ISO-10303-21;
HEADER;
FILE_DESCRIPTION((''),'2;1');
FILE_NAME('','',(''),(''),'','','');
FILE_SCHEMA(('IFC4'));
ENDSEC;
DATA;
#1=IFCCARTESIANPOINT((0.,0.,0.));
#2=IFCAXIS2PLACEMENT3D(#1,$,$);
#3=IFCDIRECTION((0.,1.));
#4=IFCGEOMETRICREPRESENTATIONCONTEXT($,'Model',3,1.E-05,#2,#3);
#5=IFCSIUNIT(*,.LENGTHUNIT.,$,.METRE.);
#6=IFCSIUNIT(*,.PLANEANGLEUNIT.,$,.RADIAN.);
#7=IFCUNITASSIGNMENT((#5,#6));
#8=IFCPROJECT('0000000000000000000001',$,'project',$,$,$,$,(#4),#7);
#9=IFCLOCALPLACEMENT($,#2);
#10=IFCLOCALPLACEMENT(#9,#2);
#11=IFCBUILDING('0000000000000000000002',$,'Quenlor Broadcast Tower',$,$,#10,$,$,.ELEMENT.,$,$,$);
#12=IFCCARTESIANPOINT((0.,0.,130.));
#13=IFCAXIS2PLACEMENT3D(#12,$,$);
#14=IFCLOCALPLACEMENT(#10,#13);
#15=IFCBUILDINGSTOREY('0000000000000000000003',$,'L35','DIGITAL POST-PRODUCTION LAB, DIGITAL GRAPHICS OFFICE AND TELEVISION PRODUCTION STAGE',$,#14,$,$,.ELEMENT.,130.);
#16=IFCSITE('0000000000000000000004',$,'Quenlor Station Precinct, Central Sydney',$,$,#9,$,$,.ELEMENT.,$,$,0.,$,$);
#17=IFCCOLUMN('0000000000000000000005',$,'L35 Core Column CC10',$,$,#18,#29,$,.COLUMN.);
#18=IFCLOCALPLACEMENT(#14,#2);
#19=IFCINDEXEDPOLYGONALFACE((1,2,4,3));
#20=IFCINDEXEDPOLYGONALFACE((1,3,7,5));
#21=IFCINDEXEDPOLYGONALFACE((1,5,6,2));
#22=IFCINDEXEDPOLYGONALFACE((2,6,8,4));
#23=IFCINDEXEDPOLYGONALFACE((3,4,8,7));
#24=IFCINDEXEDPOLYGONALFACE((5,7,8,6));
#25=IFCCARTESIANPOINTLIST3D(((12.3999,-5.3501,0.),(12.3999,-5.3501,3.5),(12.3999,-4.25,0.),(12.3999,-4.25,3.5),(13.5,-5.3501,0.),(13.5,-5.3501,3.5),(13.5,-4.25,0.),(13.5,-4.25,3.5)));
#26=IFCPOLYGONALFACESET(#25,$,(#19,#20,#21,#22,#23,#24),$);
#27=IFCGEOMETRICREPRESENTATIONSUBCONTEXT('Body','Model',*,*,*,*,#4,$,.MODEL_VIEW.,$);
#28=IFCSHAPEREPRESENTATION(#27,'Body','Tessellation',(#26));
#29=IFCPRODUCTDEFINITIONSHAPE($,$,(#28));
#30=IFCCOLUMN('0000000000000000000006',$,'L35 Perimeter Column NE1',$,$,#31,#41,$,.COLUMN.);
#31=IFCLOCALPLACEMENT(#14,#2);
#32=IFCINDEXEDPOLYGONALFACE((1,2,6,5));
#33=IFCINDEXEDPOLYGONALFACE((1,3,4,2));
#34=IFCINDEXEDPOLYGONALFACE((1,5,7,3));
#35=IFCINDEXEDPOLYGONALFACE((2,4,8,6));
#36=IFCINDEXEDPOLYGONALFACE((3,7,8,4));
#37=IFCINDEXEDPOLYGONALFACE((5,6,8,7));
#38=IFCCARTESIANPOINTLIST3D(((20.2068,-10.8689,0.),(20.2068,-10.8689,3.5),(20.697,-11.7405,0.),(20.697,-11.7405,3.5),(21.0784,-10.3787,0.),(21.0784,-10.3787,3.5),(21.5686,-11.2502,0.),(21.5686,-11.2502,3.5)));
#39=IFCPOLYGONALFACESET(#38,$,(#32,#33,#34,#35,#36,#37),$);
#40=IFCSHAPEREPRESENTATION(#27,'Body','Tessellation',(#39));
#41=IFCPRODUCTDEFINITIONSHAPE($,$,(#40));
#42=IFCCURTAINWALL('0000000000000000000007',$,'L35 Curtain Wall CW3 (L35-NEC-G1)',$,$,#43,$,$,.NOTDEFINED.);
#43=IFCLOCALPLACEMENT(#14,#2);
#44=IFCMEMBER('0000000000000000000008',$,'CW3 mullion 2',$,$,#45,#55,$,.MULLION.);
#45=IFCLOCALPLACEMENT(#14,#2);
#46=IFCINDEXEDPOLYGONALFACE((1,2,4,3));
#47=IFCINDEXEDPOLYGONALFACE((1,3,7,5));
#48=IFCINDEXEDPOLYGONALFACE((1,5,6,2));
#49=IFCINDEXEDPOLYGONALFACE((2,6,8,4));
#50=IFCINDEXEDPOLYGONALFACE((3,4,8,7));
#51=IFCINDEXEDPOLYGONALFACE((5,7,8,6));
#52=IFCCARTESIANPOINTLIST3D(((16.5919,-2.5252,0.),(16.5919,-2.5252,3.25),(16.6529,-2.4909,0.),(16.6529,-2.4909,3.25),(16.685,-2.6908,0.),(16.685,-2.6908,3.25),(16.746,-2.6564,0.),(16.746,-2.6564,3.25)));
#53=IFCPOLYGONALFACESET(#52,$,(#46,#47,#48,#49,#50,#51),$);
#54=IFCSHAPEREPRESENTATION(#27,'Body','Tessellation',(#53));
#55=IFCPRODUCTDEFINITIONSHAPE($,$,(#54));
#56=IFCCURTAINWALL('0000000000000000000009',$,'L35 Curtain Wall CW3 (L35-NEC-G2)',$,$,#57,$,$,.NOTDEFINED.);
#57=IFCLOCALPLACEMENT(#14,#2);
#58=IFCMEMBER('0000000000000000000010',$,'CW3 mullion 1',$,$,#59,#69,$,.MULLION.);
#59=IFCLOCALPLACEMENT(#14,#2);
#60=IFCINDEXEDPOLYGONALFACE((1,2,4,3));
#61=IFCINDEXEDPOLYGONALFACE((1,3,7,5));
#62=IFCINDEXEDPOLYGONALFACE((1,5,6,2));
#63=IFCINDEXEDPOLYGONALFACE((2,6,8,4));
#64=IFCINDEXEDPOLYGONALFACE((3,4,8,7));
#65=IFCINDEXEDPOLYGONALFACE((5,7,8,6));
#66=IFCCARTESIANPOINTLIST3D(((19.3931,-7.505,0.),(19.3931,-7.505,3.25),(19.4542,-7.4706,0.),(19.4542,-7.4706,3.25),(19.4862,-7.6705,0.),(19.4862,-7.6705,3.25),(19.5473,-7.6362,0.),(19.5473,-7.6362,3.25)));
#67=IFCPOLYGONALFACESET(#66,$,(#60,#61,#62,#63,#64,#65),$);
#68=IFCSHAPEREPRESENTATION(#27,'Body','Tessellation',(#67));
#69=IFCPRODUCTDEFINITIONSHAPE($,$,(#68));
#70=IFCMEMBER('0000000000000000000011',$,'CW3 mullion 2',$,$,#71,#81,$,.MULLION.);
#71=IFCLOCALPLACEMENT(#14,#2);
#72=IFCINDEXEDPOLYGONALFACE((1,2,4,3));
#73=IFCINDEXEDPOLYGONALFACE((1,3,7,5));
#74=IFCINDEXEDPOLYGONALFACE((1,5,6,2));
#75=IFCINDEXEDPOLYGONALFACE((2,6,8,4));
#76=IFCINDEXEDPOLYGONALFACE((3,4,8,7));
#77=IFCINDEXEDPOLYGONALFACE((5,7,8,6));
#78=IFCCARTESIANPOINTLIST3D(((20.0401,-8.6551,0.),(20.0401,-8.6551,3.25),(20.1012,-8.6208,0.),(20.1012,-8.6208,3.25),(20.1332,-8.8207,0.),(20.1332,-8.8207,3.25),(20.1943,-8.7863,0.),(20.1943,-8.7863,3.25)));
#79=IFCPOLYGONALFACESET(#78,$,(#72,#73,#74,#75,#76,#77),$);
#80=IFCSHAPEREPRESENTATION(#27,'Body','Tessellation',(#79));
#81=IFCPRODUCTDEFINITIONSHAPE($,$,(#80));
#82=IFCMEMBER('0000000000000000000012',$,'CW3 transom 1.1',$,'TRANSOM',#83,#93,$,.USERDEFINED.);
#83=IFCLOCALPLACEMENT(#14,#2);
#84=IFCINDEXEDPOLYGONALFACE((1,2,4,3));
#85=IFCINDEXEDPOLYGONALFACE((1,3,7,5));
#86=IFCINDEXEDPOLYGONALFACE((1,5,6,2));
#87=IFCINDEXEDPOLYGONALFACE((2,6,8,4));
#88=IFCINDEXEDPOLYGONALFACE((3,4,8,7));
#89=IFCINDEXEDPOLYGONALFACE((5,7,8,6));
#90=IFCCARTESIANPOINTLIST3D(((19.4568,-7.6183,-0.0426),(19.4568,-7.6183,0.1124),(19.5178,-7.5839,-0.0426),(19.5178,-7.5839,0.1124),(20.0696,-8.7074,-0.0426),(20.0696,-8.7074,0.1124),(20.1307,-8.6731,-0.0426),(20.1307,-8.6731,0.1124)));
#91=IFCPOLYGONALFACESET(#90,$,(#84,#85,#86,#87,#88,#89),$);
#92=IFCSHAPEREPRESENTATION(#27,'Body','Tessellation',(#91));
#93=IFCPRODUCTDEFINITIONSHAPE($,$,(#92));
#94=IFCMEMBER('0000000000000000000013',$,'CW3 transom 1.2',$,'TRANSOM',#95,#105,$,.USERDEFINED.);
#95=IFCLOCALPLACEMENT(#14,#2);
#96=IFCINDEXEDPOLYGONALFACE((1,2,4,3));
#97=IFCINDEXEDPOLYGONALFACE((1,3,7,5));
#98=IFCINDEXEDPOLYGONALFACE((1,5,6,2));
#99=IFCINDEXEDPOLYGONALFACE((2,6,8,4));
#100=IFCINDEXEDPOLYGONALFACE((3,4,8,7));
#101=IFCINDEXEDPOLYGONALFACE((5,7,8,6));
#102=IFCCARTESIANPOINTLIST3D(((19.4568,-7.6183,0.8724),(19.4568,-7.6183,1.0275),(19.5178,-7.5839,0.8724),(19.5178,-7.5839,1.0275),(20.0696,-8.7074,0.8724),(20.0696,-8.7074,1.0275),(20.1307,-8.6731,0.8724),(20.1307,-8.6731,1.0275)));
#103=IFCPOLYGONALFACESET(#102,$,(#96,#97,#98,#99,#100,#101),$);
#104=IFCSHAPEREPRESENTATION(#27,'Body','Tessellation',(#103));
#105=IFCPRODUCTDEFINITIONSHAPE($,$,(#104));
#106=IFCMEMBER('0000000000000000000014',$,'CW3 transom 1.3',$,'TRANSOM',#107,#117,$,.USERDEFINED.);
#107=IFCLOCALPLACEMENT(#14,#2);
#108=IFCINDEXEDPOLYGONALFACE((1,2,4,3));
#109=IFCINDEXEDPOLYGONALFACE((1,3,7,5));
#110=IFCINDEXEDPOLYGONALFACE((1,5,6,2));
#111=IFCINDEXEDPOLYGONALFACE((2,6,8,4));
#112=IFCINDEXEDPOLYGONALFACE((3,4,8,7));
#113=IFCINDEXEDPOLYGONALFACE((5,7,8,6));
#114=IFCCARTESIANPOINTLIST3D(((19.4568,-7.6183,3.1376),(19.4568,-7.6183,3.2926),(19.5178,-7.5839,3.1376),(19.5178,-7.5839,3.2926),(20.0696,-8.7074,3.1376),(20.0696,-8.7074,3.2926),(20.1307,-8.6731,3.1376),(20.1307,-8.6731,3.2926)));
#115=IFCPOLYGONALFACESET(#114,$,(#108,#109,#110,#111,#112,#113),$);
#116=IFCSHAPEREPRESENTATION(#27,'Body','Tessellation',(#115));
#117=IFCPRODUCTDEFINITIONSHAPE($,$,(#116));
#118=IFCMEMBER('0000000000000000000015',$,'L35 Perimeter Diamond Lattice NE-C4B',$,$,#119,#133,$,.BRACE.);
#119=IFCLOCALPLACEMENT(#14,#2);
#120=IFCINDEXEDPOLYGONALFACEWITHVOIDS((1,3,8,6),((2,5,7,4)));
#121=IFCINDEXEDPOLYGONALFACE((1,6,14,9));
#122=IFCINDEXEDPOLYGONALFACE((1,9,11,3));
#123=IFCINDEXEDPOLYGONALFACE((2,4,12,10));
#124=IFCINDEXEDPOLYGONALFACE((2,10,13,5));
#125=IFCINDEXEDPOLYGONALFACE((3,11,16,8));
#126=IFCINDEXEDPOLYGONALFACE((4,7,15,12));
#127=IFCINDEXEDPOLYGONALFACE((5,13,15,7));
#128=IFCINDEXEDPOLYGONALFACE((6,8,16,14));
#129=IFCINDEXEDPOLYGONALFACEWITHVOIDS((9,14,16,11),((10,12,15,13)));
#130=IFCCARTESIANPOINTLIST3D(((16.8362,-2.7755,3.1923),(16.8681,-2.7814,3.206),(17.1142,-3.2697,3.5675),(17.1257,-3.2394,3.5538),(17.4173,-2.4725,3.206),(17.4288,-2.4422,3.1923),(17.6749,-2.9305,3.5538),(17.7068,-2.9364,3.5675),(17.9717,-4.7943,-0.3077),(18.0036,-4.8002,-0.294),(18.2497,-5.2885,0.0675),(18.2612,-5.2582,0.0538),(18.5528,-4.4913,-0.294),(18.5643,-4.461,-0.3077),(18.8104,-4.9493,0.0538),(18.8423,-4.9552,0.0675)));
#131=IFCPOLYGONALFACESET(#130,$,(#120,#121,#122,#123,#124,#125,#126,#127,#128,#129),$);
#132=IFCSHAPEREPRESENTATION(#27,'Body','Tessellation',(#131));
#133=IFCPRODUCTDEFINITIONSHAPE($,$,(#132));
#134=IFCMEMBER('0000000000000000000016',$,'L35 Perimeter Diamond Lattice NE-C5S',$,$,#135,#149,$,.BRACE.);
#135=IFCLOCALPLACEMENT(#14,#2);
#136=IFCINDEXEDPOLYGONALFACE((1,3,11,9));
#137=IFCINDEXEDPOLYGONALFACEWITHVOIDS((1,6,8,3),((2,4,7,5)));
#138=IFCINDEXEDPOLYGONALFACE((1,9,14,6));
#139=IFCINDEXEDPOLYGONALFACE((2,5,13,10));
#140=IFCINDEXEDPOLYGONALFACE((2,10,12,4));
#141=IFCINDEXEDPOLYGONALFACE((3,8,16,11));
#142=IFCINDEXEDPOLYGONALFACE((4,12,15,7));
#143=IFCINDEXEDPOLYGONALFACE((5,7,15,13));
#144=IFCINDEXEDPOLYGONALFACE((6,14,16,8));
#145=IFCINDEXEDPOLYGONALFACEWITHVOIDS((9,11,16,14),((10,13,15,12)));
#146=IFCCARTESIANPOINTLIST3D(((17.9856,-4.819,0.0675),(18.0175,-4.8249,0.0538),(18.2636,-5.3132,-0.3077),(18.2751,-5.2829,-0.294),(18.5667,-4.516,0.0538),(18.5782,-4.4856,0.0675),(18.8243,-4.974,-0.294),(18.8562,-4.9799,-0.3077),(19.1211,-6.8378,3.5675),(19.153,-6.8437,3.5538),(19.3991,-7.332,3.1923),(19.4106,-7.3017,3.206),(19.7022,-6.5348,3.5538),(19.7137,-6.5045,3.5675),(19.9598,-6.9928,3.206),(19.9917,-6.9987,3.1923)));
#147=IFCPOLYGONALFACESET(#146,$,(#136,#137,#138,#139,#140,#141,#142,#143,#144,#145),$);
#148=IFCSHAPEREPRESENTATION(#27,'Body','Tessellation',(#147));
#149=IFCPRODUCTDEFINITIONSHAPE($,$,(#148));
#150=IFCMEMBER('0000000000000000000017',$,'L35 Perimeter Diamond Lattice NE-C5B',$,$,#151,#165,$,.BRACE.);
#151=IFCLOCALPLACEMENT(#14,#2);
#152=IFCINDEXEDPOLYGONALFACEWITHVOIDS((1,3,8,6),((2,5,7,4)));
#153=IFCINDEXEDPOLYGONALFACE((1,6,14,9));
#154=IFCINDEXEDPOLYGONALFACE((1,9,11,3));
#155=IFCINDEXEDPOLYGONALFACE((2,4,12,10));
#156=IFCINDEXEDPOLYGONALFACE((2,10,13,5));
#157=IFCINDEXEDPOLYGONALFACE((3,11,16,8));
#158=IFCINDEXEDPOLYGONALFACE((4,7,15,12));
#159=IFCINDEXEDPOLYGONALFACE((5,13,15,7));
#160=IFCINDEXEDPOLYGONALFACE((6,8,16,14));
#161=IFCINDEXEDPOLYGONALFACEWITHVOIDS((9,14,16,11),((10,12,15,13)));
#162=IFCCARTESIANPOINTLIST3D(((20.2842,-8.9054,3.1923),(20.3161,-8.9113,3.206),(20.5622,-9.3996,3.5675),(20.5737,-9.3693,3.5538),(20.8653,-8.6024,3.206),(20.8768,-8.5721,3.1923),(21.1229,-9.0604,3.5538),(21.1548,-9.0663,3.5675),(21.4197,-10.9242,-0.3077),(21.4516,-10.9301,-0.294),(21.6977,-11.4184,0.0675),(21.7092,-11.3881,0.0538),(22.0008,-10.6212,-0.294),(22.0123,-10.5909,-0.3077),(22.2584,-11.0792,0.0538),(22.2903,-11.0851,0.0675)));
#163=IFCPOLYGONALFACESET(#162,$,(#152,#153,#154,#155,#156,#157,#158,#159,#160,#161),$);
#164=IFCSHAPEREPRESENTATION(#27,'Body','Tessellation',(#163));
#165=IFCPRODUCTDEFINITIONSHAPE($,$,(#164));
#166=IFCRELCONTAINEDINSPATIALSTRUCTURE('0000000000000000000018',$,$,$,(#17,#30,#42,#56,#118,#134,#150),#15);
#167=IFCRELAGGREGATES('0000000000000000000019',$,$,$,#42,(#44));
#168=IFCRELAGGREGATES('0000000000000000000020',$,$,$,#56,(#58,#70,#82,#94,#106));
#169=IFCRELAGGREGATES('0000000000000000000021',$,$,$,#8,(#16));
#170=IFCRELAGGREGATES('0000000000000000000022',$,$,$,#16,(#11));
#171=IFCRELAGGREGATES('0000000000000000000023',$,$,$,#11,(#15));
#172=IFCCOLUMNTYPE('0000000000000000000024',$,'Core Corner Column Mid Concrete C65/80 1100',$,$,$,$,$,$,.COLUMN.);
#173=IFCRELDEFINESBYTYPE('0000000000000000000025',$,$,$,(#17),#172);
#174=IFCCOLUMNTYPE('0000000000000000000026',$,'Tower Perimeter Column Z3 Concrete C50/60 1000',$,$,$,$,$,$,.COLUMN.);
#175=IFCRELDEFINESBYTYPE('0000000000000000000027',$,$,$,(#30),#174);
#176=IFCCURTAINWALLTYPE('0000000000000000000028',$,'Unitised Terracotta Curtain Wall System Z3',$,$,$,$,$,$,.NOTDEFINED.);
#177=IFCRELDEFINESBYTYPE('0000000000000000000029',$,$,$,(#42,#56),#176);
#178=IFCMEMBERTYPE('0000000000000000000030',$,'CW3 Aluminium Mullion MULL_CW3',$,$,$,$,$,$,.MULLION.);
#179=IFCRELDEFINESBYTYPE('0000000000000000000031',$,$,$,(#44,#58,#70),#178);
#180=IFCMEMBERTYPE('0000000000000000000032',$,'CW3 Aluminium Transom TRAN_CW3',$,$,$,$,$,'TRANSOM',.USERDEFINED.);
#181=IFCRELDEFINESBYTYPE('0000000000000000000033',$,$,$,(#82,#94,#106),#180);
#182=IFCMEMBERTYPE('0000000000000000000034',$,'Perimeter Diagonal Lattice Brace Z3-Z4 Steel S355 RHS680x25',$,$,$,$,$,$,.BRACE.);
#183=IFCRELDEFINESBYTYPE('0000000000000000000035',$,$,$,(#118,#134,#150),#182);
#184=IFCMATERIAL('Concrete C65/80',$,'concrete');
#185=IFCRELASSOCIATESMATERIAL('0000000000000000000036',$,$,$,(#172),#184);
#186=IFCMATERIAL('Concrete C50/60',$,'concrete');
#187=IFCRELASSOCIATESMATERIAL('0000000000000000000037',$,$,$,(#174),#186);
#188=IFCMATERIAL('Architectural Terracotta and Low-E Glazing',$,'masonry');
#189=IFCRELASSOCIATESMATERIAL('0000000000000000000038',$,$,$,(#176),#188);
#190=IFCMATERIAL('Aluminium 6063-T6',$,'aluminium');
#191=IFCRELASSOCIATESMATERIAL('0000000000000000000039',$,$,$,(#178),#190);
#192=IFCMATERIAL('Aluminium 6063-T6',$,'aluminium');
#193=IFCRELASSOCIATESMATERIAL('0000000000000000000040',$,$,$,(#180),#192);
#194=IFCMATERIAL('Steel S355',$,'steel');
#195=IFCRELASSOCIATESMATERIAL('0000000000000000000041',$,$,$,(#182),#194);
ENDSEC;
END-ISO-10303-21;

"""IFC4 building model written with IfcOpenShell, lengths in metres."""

from ifc_helpers import new_model, si_unit, direction, frame, origin, origin_2d, place, context, subcontext, project, spatial, rectangle, hollow_rectangle, extrude, material, material_profile, profile_set, type_object, element, aggregate, save


model = new_model("IFC4")

# Units and contexts
model_context = context("Model", 3, precision=1e-05, world=origin(), true_north=direction((0.0, 1.0)))
body_context = subcontext(model_context, "Body", "Model", "MODEL_VIEW")
ifc_project = project(units=[si_unit("LENGTHUNIT", "METRE"), si_unit("PLANEANGLEUNIT", "RADIAN")], contexts=[model_context])

# Site, building, storey
site_placement = place(None, origin())
site = spatial("IfcSite", under=ifc_project, at=site_placement, Name="Quenlor Station Precinct, Central Sydney", CompositionType="ELEMENT", RefElevation=0.0)
building_placement = place(site_placement, origin())
building = spatial("IfcBuilding", under=site, at=building_placement, Name="Quenlor Broadcast Tower", CompositionType="ELEMENT")
storey_placement = place(building_placement, frame((0.0, 0.0, 130.0)))
storey = spatial("IfcBuildingStorey", under=building, at=storey_placement, Name="L35", Description="DIGITAL POST-PRODUCTION LAB, DIGITAL GRAPHICS OFFICE AND TELEVISION PRODUCTION STAGE", CompositionType="ELEMENT", Elevation=130.0)

# Columns
ifc_material_1 = material(Name="Concrete C65/80", Category="concrete")
ifc_material_profile_1 = material_profile(ifc_material_1, rectangle(XDim=1.1001, YDim=1.1001, at=origin_2d()))
ifc_profile_set_1 = profile_set([ifc_material_profile_1], Name="Concrete C65/80 RC1100x1100")
column_type_1 = type_object("IfcColumnType", Name="Core Corner Column Mid Concrete C65/80 1100", PredefinedType="COLUMN", material=ifc_profile_set_1)
column_1_placement = place(storey_placement, frame((12.95, -4.8, 0.0), z_axis=(0.0, 0.0, 1.0), x_axis=(1.0, 0.0, 0.0)))
element("IfcColumn", 1, at=column_1_placement, inside=storey, type_object=column_type_1, Name="L35 Core Column CC10", PredefinedType="COLUMN", context=body_context, shape_type="SweptSolid", body=[
    extrude(rectangle(XDim=1.1001, YDim=1.1001, at=origin_2d()), origin(), (0.0, 0.0, 1.0), 3.5),
])
ifc_material_2 = material(Name="Concrete C50/60", Category="concrete")
ifc_material_profile_2 = material_profile(ifc_material_2, rectangle(XDim=1.0, YDim=1.0, at=origin_2d()))
ifc_profile_set_2 = profile_set([ifc_material_profile_2], Name="Concrete C50/60 RC1000x1000")
column_type_2 = type_object("IfcColumnType", Name="Tower Perimeter Column Z3 Concrete C50/60 1000", PredefinedType="COLUMN", material=ifc_profile_set_2)
column_2_placement = place(storey_placement, frame((20.8877, -11.0596, 0.0), z_axis=(0.0, 0.0, 1.0), x_axis=(0.871575, 0.490262, 0.0)))
element("IfcColumn", 2, at=column_2_placement, inside=storey, type_object=column_type_2, Name="L35 Perimeter Column NE1", PredefinedType="COLUMN", context=body_context, shape_type="SweptSolid", body=[
    extrude(rectangle(XDim=1.0, YDim=1.0, at=origin_2d()), origin(), (0.0, 0.0, 1.0), 3.5),
])

# Curtain wall, member
ifc_material_3 = material(Name="Architectural Terracotta and Low-E Glazing", Category="masonry")
curtain_wall_type = type_object("IfcCurtainWallType", Name="Unitised Terracotta Curtain Wall System Z3", PredefinedType="NOTDEFINED", material=ifc_material_3)
curtain_wall_1_placement = place(storey_placement, origin())
curtain_wall_1 = element("IfcCurtainWall", 3, at=curtain_wall_1_placement, inside=storey, type_object=curtain_wall_type, Name="L35 Curtain Wall CW3 (L35-NEC-G1)", PredefinedType="NOTDEFINED")
ifc_material_4 = material(Name="Aluminium 6063-T6", Category="aluminium")
ifc_material_profile_3 = material_profile(ifc_material_4, rectangle(XDim=0.0701, YDim=0.1899, at=origin_2d()))
ifc_profile_set_3 = profile_set([ifc_material_profile_3], Name="Aluminium 6063-T6 MULL70x190")
member_type_1 = type_object("IfcMemberType", Name="CW3 Aluminium Mullion MULL_CW3", PredefinedType="MULLION", material=ifc_profile_set_3)
member_1_placement = place(storey_placement, frame((16.6689, -2.5908, 0.0), z_axis=(0.0, 0.0, 1.0), x_axis=(0.87158, 0.490253, 0.0)))
member_1 = element("IfcMember", 4, at=member_1_placement, type_object=member_type_1, Name="CW3 mullion 2", PredefinedType="MULLION", context=body_context, shape_type="SweptSolid", body=[
    extrude(rectangle(XDim=0.0701, YDim=0.1899, at=origin_2d()), origin(), (0.0, 0.0, 1.0), 3.25),
])
aggregate(curtain_wall_1, [member_1])

# Curtain wall, members
curtain_wall_2_placement = place(storey_placement, origin())
curtain_wall_2 = element("IfcCurtainWall", 5, at=curtain_wall_2_placement, inside=storey, type_object=curtain_wall_type, Name="L35 Curtain Wall CW3 (L35-NEC-G2)", PredefinedType="NOTDEFINED")
member_2_placement = place(storey_placement, frame((19.4702, -7.5706, 0.0), z_axis=(0.0, 0.0, 1.0), x_axis=(0.871576, 0.490261, 0.0)))
member_2 = element("IfcMember", 6, at=member_2_placement, type_object=member_type_1, Name="CW3 mullion 1", PredefinedType="MULLION", context=body_context, shape_type="SweptSolid", body=[
    extrude(rectangle(XDim=0.0701, YDim=0.1899, at=origin_2d()), origin(), (0.0, 0.0, 1.0), 3.25),
])
member_3_placement = place(storey_placement, frame((20.1172, -8.7207, 0.0), z_axis=(0.0, 0.0, 1.0), x_axis=(0.871576, 0.490261, 0.0)))
member_3 = element("IfcMember", 7, at=member_3_placement, type_object=member_type_1, Name="CW3 mullion 2", PredefinedType="MULLION", context=body_context, shape_type="SweptSolid", body=[
    extrude(rectangle(XDim=0.0701, YDim=0.1899, at=origin_2d()), origin(), (0.0, 0.0, 1.0), 3.25),
])
ifc_material_5 = material(Name="Aluminium 6063-T6", Category="aluminium")
ifc_material_profile_4 = material_profile(ifc_material_5, rectangle(XDim=0.0701, YDim=0.155, at=origin_2d()))
ifc_profile_set_4 = profile_set([ifc_material_profile_4], Name="Aluminium 6063-T6 TRAN70x155")
member_type_2 = type_object("IfcMemberType", Name="CW3 Aluminium Transom TRAN_CW3", ElementType="TRANSOM", PredefinedType="USERDEFINED", material=ifc_profile_set_4)
member_4_placement = place(storey_placement, frame((19.4873, -7.6011, 0.0349), z_axis=(0.490363, -0.871518, 0.0), x_axis=(0.871518, 0.490363, 0.0)))
member_4 = element("IfcMember", 8, at=member_4_placement, type_object=member_type_2, Name="CW3 transom 1.1", ObjectType="TRANSOM", PredefinedType="USERDEFINED", context=body_context, shape_type="SweptSolid", body=[
    extrude(rectangle(XDim=0.0701, YDim=0.155, at=origin_2d()), origin(), (0.0, 0.0, 1.0), 1.2498),
])
member_5_placement = place(storey_placement, frame((19.4873, -7.6011, 0.95), z_axis=(0.490363, -0.871518, 0.0), x_axis=(0.871518, 0.490363, 0.0)))
member_5 = element("IfcMember", 9, at=member_5_placement, type_object=member_type_2, Name="CW3 transom 1.2", ObjectType="TRANSOM", PredefinedType="USERDEFINED", context=body_context, shape_type="SweptSolid", body=[
    extrude(rectangle(XDim=0.0701, YDim=0.155, at=origin_2d()), origin(), (0.0, 0.0, 1.0), 1.2498),
])
member_6_placement = place(storey_placement, frame((19.4873, -7.6011, 3.2151), z_axis=(0.490363, -0.871518, 0.0), x_axis=(0.871518, 0.490363, 0.0)))
member_6 = element("IfcMember", 10, at=member_6_placement, type_object=member_type_2, Name="CW3 transom 1.3", ObjectType="TRANSOM", PredefinedType="USERDEFINED", context=body_context, shape_type="SweptSolid", body=[
    extrude(rectangle(XDim=0.0701, YDim=0.155, at=origin_2d()), origin(), (0.0, 0.0, 1.0), 1.2498),
])

# Members
ifc_material_6 = material(Name="Steel S355", Category="steel")
ifc_material_profile_5 = material_profile(ifc_material_6, hollow_rectangle(XDim=0.6799, YDim=0.6799, WallThickness=0.0249, at=origin_2d()))
ifc_profile_set_5 = profile_set([ifc_material_profile_5], Name="Steel S355 RHS680x680x25")
member_type_3 = type_object("IfcMemberType", Name="Perimeter Diagonal Lattice Brace Z3-Z4 Steel S355 RHS680x25", PredefinedType="BRACE", material=ifc_profile_set_5)
for number, where, z_axis, x_axis, name in (
    (11, (18.407, -4.8748, -0.1201), (-0.270549, 0.481009, 0.833927), (-0.87159, -0.490236, 0.0), "L35 Perimeter Diamond Lattice NE-C4B"),
    (12, (18.4209, -4.8994, -0.1201), (0.270549, -0.481009, 0.833927), (0.87159, 0.490236, 0.0), "L35 Perimeter Diamond Lattice NE-C5S"),
    (13, (21.855, -11.0046, -0.1201), (-0.270549, 0.481009, 0.833927), (-0.87159, -0.490236, 0.0), "L35 Perimeter Diamond Lattice NE-C5B"),
):
    element("IfcMember", number, at=place(storey_placement, frame(where, z_axis=z_axis, x_axis=x_axis)), inside=storey, type_object=member_type_3, Name=name, PredefinedType="BRACE", context=body_context, shape_type="SweptSolid", body=[
        extrude(hollow_rectangle(XDim=0.6799, YDim=0.6799, WallThickness=0.0249, at=origin_2d()), origin(), (0.0, 0.0, 1.0), 4.197),
    ])

aggregate(curtain_wall_2, [member_2, member_3, member_4, member_5, member_6])

save(model, "model.ifc")
